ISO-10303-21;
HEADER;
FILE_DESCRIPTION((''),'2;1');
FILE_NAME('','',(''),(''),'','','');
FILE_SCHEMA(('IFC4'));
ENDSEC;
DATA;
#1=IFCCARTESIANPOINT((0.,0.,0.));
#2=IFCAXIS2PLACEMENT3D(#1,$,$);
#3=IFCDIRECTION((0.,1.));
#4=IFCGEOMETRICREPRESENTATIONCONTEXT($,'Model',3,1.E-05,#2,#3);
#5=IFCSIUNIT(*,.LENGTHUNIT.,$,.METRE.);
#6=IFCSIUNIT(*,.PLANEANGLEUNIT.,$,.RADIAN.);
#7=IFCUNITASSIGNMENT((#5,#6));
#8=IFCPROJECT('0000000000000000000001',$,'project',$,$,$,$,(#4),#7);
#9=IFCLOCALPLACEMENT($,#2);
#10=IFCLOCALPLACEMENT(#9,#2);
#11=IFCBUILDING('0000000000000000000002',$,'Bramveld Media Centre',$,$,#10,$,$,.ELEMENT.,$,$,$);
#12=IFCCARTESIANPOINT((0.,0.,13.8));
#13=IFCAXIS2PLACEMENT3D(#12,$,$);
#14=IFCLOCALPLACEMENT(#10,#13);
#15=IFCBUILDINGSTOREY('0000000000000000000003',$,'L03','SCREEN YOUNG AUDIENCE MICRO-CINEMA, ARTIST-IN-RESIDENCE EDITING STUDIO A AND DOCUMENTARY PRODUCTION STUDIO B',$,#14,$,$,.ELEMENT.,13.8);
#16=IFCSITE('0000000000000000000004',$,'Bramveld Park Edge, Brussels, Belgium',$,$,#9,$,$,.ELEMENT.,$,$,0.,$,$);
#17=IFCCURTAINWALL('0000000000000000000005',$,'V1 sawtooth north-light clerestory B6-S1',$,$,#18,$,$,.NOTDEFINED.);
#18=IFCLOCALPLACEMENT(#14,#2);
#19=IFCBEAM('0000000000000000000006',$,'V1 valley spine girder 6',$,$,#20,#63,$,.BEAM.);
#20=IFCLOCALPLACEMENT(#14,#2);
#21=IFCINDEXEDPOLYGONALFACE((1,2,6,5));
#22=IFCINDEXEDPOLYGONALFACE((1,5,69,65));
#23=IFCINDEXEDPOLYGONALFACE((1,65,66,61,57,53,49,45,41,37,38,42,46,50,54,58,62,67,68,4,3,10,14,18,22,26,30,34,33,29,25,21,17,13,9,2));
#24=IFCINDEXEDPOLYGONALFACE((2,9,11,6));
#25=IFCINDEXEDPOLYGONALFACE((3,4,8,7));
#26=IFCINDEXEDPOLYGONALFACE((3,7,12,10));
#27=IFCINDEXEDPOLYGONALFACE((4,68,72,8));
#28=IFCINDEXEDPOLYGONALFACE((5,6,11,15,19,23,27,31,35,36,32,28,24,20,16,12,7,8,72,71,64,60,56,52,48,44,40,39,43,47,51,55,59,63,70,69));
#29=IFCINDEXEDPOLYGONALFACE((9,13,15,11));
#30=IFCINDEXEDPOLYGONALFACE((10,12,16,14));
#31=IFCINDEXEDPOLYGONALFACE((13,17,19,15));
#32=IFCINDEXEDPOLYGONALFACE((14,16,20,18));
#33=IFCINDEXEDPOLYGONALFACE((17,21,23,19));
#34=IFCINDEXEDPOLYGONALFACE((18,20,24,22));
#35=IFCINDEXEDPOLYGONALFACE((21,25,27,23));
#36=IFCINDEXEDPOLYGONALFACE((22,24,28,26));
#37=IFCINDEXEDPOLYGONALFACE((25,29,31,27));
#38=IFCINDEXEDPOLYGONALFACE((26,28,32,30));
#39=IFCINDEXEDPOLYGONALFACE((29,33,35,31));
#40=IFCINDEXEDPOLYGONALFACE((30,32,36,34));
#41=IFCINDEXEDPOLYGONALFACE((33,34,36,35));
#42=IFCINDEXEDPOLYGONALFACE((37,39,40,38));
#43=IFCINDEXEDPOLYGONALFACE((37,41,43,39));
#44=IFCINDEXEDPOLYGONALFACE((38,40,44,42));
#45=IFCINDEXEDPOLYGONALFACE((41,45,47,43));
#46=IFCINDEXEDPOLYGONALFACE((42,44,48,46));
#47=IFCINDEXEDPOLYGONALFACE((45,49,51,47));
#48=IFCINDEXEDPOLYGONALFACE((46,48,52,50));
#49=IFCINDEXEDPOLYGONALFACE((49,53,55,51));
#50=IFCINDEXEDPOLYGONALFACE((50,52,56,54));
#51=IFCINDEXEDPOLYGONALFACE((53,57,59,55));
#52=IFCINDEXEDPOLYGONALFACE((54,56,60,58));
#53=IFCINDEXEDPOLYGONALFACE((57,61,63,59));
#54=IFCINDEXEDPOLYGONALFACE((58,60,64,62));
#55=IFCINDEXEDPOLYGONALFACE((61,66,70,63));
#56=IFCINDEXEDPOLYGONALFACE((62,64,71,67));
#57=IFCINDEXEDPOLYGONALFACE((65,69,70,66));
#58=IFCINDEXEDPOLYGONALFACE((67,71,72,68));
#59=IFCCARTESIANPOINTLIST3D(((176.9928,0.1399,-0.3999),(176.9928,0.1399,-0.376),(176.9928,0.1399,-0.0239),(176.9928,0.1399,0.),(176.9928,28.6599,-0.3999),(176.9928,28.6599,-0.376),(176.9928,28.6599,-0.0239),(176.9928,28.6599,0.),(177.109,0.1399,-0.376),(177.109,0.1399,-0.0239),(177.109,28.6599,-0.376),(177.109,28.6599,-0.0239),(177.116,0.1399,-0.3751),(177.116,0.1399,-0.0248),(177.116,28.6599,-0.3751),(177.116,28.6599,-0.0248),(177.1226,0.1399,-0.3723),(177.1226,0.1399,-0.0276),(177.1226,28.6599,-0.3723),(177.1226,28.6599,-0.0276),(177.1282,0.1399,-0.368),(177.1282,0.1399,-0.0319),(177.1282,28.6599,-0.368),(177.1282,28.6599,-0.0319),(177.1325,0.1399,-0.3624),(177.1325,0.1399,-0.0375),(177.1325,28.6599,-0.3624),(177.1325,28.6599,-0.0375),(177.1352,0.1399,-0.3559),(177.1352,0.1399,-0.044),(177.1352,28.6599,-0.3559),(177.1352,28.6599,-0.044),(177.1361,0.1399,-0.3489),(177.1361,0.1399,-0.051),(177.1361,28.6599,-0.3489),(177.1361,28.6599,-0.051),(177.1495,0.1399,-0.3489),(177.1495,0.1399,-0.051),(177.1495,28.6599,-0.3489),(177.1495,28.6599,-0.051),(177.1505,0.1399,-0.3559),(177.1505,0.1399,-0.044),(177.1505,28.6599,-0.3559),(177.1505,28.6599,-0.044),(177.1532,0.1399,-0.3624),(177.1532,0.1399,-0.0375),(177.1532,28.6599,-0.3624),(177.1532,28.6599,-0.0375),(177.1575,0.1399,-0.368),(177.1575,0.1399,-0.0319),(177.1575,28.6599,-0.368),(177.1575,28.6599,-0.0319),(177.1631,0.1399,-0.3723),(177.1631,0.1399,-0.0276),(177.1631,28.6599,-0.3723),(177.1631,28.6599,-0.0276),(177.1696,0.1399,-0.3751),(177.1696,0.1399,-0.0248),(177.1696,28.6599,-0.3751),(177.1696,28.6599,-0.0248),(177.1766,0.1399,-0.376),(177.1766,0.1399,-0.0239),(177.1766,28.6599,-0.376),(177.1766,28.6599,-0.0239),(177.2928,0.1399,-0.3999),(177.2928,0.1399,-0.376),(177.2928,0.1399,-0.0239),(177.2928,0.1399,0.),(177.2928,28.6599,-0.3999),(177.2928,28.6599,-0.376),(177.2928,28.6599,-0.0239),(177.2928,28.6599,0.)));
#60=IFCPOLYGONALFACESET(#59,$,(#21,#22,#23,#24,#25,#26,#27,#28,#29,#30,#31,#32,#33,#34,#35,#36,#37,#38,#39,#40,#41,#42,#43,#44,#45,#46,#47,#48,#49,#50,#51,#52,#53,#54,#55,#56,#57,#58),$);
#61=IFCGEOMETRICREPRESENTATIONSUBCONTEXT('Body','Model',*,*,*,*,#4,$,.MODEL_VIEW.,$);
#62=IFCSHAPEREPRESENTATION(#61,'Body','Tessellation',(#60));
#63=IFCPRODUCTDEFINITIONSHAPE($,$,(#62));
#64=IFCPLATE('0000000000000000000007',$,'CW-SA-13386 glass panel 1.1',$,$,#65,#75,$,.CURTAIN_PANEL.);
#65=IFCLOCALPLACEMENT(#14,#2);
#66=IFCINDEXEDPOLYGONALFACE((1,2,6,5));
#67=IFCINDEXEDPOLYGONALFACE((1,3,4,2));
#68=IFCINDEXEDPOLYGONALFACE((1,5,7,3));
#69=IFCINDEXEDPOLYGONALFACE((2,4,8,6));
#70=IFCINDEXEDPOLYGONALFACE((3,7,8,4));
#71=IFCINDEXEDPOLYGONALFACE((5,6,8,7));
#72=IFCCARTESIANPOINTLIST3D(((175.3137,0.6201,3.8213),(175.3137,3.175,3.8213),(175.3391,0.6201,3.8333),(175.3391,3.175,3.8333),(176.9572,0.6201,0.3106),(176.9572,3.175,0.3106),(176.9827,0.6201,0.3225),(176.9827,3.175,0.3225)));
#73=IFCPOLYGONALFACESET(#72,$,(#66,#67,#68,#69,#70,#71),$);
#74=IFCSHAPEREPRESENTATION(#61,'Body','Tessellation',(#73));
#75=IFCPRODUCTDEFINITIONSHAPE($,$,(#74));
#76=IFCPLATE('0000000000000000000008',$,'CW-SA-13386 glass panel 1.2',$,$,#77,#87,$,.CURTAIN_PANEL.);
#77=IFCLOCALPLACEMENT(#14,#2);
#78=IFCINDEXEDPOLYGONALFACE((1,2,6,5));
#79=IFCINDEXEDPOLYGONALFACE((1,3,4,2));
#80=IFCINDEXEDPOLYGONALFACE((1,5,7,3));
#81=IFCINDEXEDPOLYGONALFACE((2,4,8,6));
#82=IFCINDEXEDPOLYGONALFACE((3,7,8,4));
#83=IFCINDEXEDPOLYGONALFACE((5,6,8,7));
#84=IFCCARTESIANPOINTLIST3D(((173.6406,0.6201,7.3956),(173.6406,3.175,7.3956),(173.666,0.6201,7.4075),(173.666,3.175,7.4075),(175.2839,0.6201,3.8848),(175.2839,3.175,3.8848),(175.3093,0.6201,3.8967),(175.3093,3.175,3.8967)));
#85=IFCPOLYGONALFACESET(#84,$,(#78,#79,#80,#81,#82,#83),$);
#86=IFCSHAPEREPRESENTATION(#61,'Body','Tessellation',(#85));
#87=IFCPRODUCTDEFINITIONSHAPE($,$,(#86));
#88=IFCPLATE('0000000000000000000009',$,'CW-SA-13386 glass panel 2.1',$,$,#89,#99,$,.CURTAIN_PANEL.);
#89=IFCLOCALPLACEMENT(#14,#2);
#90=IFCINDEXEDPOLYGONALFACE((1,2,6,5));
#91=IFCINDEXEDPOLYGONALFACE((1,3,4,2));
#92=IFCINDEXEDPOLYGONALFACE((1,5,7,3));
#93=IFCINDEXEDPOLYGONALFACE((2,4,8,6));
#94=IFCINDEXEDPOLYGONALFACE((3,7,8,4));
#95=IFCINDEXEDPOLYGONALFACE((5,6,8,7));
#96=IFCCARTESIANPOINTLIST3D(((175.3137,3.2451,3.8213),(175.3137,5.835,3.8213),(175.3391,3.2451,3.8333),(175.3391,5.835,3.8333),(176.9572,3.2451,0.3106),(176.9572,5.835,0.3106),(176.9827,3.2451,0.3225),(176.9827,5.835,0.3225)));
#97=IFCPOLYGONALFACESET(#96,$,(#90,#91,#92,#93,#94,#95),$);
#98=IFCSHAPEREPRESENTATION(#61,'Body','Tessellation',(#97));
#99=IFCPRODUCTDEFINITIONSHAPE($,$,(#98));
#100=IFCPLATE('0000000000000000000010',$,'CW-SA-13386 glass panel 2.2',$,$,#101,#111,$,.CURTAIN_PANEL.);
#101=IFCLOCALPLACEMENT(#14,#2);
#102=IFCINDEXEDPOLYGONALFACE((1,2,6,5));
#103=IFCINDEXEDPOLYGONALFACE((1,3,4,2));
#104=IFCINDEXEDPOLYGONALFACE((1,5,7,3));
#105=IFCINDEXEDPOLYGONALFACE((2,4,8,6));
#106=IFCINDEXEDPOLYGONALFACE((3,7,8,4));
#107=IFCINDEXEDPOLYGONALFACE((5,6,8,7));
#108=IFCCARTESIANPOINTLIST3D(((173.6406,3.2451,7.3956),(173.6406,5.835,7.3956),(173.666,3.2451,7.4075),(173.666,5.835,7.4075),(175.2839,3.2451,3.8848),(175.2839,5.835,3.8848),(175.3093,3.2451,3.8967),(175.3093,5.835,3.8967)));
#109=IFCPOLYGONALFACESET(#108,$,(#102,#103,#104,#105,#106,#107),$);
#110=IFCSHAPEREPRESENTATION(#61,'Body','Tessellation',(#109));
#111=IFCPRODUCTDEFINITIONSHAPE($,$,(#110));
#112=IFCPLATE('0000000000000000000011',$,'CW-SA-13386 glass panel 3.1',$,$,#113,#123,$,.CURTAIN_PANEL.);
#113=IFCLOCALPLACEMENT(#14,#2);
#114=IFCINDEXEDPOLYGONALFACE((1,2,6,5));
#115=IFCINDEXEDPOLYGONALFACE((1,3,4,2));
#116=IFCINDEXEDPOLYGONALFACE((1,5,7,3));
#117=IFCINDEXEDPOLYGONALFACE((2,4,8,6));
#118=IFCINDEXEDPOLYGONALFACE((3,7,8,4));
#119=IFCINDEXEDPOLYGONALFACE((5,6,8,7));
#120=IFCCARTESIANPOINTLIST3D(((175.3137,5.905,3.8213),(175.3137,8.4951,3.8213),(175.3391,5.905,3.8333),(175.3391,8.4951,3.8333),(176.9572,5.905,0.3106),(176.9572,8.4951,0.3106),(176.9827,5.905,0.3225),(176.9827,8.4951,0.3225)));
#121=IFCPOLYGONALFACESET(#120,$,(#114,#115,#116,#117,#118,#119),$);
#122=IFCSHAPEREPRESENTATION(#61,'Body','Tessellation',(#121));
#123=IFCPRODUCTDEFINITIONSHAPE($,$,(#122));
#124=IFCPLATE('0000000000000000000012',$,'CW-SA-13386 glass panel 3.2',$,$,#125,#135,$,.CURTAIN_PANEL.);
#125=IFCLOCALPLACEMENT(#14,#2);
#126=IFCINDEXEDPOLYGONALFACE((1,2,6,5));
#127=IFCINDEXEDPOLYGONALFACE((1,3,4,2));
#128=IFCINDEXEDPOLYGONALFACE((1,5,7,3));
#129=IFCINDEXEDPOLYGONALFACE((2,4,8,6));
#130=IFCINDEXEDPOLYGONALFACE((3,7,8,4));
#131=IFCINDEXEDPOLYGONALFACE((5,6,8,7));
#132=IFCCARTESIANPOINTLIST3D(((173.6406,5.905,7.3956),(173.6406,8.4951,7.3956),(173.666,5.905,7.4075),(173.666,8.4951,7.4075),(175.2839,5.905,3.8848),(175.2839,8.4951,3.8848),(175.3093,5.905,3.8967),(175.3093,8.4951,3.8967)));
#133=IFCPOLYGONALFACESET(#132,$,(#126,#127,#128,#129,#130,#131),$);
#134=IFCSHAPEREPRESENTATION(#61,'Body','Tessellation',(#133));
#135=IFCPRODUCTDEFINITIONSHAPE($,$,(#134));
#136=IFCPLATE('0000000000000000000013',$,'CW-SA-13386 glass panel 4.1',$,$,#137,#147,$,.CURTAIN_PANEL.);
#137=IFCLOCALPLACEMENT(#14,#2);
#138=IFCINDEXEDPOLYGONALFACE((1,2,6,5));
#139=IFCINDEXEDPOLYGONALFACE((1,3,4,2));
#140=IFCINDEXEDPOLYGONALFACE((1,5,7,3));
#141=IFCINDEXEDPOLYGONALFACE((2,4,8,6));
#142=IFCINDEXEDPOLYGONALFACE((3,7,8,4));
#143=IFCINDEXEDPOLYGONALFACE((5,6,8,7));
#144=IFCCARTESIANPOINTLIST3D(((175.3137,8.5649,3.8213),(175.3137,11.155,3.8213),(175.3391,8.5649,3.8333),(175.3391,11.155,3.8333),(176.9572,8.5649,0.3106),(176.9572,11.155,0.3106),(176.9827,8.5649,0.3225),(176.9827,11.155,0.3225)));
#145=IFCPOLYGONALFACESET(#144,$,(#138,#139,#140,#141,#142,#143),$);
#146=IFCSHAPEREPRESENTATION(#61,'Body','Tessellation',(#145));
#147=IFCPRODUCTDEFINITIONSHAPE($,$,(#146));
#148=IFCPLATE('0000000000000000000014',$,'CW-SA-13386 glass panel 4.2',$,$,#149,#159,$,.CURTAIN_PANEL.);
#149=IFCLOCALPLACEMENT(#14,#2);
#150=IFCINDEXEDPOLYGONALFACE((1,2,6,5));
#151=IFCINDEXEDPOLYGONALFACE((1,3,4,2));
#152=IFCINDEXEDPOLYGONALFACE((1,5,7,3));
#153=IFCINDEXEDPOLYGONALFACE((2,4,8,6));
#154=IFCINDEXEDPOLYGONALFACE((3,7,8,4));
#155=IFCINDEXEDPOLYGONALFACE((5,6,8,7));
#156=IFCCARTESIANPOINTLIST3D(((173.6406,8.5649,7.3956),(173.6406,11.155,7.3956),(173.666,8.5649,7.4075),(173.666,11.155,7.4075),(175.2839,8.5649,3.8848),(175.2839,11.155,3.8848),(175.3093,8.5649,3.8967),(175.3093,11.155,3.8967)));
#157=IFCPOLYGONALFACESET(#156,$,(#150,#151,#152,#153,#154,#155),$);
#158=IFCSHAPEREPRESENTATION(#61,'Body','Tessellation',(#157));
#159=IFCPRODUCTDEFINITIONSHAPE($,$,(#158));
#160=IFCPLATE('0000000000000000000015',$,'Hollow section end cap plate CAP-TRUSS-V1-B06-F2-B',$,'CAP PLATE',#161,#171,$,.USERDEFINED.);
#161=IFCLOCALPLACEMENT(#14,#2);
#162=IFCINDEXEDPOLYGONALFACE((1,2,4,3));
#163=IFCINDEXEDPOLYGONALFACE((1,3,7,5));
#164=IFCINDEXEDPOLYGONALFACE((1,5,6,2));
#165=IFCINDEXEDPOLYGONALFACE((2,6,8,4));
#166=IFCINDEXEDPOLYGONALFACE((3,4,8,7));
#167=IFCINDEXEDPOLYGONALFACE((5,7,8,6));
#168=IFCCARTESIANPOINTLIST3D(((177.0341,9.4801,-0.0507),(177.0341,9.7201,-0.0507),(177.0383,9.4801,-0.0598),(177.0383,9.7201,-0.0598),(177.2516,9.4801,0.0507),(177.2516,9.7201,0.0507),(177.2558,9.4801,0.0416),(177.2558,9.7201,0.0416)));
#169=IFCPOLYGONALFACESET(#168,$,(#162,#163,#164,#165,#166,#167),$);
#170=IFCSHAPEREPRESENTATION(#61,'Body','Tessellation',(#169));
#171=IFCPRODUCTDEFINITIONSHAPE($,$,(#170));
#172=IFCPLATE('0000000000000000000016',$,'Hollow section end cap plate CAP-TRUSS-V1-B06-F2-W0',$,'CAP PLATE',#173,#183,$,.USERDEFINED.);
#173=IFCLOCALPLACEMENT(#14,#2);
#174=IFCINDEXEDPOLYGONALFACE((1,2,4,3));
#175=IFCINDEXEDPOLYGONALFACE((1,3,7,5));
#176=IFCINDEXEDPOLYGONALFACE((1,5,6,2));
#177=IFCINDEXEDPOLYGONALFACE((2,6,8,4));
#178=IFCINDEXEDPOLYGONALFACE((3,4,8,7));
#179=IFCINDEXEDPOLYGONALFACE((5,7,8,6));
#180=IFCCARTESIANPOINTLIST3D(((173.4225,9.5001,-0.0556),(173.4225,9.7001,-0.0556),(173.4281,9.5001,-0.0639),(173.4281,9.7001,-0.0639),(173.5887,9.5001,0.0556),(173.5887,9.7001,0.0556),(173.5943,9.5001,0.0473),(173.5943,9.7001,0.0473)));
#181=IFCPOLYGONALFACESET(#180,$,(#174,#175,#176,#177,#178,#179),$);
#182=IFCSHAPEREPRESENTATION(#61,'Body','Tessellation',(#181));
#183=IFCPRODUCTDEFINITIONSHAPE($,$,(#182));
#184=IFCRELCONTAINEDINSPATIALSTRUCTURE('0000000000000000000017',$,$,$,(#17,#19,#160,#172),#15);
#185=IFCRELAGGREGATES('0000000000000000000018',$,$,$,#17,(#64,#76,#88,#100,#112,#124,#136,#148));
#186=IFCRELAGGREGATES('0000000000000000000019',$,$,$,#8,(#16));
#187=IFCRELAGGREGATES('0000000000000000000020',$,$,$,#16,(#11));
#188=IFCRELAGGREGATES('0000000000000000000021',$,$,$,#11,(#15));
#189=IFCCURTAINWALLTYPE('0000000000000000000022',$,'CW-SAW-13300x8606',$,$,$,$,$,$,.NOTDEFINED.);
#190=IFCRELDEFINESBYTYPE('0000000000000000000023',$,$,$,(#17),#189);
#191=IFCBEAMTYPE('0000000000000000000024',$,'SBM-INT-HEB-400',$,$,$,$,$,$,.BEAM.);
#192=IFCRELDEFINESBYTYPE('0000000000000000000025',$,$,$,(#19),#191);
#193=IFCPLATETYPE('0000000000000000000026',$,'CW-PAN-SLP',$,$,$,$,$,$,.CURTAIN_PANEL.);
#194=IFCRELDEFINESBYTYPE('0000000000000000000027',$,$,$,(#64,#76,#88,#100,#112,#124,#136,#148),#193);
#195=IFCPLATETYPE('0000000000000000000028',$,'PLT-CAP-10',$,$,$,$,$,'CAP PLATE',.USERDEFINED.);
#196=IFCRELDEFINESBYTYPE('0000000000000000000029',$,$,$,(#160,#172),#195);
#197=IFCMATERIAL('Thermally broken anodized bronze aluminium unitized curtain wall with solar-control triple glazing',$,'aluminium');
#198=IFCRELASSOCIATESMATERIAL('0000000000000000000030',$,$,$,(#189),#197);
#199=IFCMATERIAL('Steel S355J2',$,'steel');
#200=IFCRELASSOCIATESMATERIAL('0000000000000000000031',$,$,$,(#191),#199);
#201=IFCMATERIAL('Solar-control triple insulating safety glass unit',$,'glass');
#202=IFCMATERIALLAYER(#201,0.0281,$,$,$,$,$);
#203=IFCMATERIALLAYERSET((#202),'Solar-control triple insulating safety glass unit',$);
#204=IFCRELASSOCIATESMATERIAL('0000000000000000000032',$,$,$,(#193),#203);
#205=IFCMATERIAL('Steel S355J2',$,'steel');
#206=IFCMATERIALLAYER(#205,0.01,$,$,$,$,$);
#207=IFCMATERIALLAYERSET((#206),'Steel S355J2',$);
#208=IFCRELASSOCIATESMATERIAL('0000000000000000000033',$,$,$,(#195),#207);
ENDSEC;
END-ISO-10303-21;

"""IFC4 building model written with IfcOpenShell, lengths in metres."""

from ifc_helpers import new_model, si_unit, direction, frame, origin, origin_2d, place, context, subcontext, project, spatial, polyline, rectangle, i_section, outline, extrude, material, layer, layer_set, material_profile, profile_set, type_object, element, aggregate, save


model = new_model("IFC4")

# Units and contexts
model_context = context("Model", 3, precision=1e-05, world=origin(), true_north=direction((0.0, 1.0)))
body_context = subcontext(model_context, "Body", "Model", "MODEL_VIEW")
ifc_project = project(units=[si_unit("LENGTHUNIT", "METRE"), si_unit("PLANEANGLEUNIT", "RADIAN")], contexts=[model_context])

# Site, building, storey
site_placement = place(None, origin())
site = spatial("IfcSite", under=ifc_project, at=site_placement, Name="Bramveld Park Edge, Brussels, Belgium", CompositionType="ELEMENT", RefElevation=0.0)
building_placement = place(site_placement, origin())
building = spatial("IfcBuilding", under=site, at=building_placement, Name="Bramveld Media Centre", CompositionType="ELEMENT")
storey_placement = place(building_placement, frame((0.0, 0.0, 13.8)))
storey = spatial("IfcBuildingStorey", under=building, at=storey_placement, Name="L03", Description="SCREEN YOUNG AUDIENCE MICRO-CINEMA, ARTIST-IN-RESIDENCE EDITING STUDIO A AND DOCUMENTARY PRODUCTION STUDIO B", CompositionType="ELEMENT", Elevation=13.8)

# Curtain wall
ifc_material_1 = material(Name="Thermally broken anodized bronze aluminium unitized curtain wall with solar-control triple glazing", Category="aluminium")
curtain_wall_type = type_object("IfcCurtainWallType", Name="CW-SAW-13300x8606", PredefinedType="NOTDEFINED", material=ifc_material_1)
curtain_wall_placement = place(storey_placement, origin())
curtain_wall = element("IfcCurtainWall", 1, at=curtain_wall_placement, inside=storey, type_object=curtain_wall_type, Name="V1 sawtooth north-light clerestory B6-S1", PredefinedType="NOTDEFINED")

# Beam
ifc_material_2 = material(Name="Steel S355J2", Category="steel")
ifc_material_profile_1 = material_profile(ifc_material_2, i_section(OverallWidth=0.3, OverallDepth=0.3999, WebThickness=0.0134, FlangeThickness=0.0239, FilletRadius=0.0271, at=origin_2d()), Name="HEB 400")
ifc_profile_set_1 = profile_set([ifc_material_profile_1], Name="Steel S355J2")
beam_type_1 = type_object("IfcBeamType", Name="SBM-INT-HEB-400", PredefinedType="BEAM", material=ifc_profile_set_1)
beam_1_placement = place(storey_placement, frame((177.1428, 0.1399, -0.2), z_axis=(0.0, 1.0, 0.0), x_axis=(-1.0, 0.0, 0.0)))
element("IfcBeam", 2, at=beam_1_placement, inside=storey, type_object=beam_type_1, Name="V1 valley spine girder 6", PredefinedType="BEAM", context=body_context, shape_type="SweptSolid", body=[
    extrude(i_section(OverallWidth=0.3, OverallDepth=0.3999, WebThickness=0.0134, FlangeThickness=0.0239, FilletRadius=0.0271, at=origin_2d()), origin(), (0.0, 0.0, 1.0), 28.52),
])

# Plates
ifc_material_3 = material(Name="Solar-control triple insulating safety glass unit", Category="glass")
ifc_layer_1 = layer(ifc_material_3, 0.0281)
ifc_layer_set_1 = layer_set([ifc_layer_1], Name="Solar-control triple insulating safety glass unit")
plate_type_1 = type_object("IfcPlateType", Name="CW-PAN-SLP", PredefinedType="CURTAIN_PANEL", material=ifc_layer_set_1)
plate_1_placement = place(storey_placement, frame((176.9827, 0.6201, 0.3225), z_axis=(0.905668, 0.0, 0.423988), x_axis=(0.0, 1.0, 0.0)))
plate_1 = element("IfcPlate", 3, at=plate_1_placement, type_object=plate_type_1, Name="CW-SA-13386 glass panel 1.1", PredefinedType="CURTAIN_PANEL", context=body_context, shape_type="SweptSolid", body=[
    extrude(outline(polyline([(0.0, 0.0), (2.5549, 0.0), (2.5549, 3.8764), (0.0, 3.8764), (0.0, 0.0)])), origin(), (0.0, 0.0, -1.0), 0.0281),
])
plate_2_placement = place(storey_placement, frame((175.3093, 0.6201, 3.8967), z_axis=(0.905692, 0.0, 0.423937), x_axis=(0.0, 1.0, 0.0)))
plate_2 = element("IfcPlate", 4, at=plate_2_placement, type_object=plate_type_1, Name="CW-SA-13386 glass panel 1.2", PredefinedType="CURTAIN_PANEL", context=body_context, shape_type="SweptSolid", body=[
    extrude(outline(polyline([(0.0, 0.0), (2.5549, 0.0), (2.5549, 3.8763), (0.0, 3.8763), (0.0, 0.0)])), origin(), (0.0, 0.0, -1.0), 0.0281),
])
plate_3_placement = place(storey_placement, frame((176.9827, 3.2451, 0.3225), z_axis=(0.905668, 0.0, 0.423988), x_axis=(0.0, 1.0, 0.0)))
plate_3 = element("IfcPlate", 5, at=plate_3_placement, type_object=plate_type_1, Name="CW-SA-13386 glass panel 2.1", PredefinedType="CURTAIN_PANEL", context=body_context, shape_type="SweptSolid", body=[
    extrude(outline(polyline([(0.0, 0.0), (2.5898, 0.0), (2.5898, 3.8764), (0.0, 3.8764), (0.0, 0.0)])), origin(), (0.0, 0.0, -1.0), 0.0281),
])
plate_4_placement = place(storey_placement, frame((175.3093, 3.2451, 3.8967), z_axis=(0.905692, 0.0, 0.423937), x_axis=(0.0, 1.0, 0.0)))
plate_4 = element("IfcPlate", 6, at=plate_4_placement, type_object=plate_type_1, Name="CW-SA-13386 glass panel 2.2", PredefinedType="CURTAIN_PANEL", context=body_context, shape_type="SweptSolid", body=[
    extrude(outline(polyline([(0.0, 0.0), (2.5898, 0.0), (2.5898, 3.8763), (0.0, 3.8763), (0.0, 0.0)])), origin(), (0.0, 0.0, -1.0), 0.0281),
])
plate_5_placement = place(storey_placement, frame((176.9827, 5.905, 0.3225), z_axis=(0.905668, 0.0, 0.423988), x_axis=(0.0, 1.0, 0.0)))
plate_5 = element("IfcPlate", 7, at=plate_5_placement, type_object=plate_type_1, Name="CW-SA-13386 glass panel 3.1", PredefinedType="CURTAIN_PANEL", context=body_context, shape_type="SweptSolid", body=[
    extrude(outline(polyline([(0.0, 0.0), (2.5901, 0.0), (2.5901, 3.8764), (0.0, 3.8764), (0.0, 0.0)])), origin(), (0.0, 0.0, -1.0), 0.0281),
])
plate_6_placement = place(storey_placement, frame((175.3093, 5.905, 3.8967), z_axis=(0.905692, 0.0, 0.423937), x_axis=(0.0, 1.0, 0.0)))
plate_6 = element("IfcPlate", 8, at=plate_6_placement, type_object=plate_type_1, Name="CW-SA-13386 glass panel 3.2", PredefinedType="CURTAIN_PANEL", context=body_context, shape_type="SweptSolid", body=[
    extrude(outline(polyline([(0.0, 0.0), (2.5901, 0.0), (2.5901, 3.8763), (0.0, 3.8763), (0.0, 0.0)])), origin(), (0.0, 0.0, -1.0), 0.0281),
])
plate_7_placement = place(storey_placement, frame((176.9827, 8.5649, 0.3225), z_axis=(0.905668, 0.0, 0.423988), x_axis=(0.0, 1.0, 0.0)))
plate_7 = element("IfcPlate", 9, at=plate_7_placement, type_object=plate_type_1, Name="CW-SA-13386 glass panel 4.1", PredefinedType="CURTAIN_PANEL", context=body_context, shape_type="SweptSolid", body=[
    extrude(outline(polyline([(0.0, 0.0), (2.5901, 0.0), (2.5901, 3.8764), (0.0, 3.8764), (0.0, 0.0)])), origin(), (0.0, 0.0, -1.0), 0.0281),
])
plate_8_placement = place(storey_placement, frame((175.3093, 8.5649, 3.8967), z_axis=(0.905692, 0.0, 0.423937), x_axis=(0.0, 1.0, 0.0)))
plate_8 = element("IfcPlate", 10, at=plate_8_placement, type_object=plate_type_1, Name="CW-SA-13386 glass panel 4.2", PredefinedType="CURTAIN_PANEL", context=body_context, shape_type="SweptSolid", body=[
    extrude(outline(polyline([(0.0, 0.0), (2.5901, 0.0), (2.5901, 3.8763), (0.0, 3.8763), (0.0, 0.0)])), origin(), (0.0, 0.0, -1.0), 0.0281),
])
aggregate(curtain_wall, [plate_1, plate_2, plate_3, plate_4, plate_5, plate_6, plate_7, plate_8])

# Plates
ifc_material_4 = material(Name="Steel S355J2", Category="steel")
ifc_layer_2 = layer(ifc_material_4, 0.01)
ifc_layer_set_2 = layer_set([ifc_layer_2], Name="Steel S355J2")
plate_type_2 = type_object("IfcPlateType", Name="PLT-CAP-10", ElementType="CAP PLATE", PredefinedType="USERDEFINED", material=ifc_layer_set_2)
plate_9_placement = place(storey_placement, frame((177.1428, 9.6001, 0.0), z_axis=(0.422628, 0.0, -0.906303), x_axis=(0.0, 1.0, 0.0)))
element("IfcPlate", 11, at=plate_9_placement, inside=storey, type_object=plate_type_2, Name="Hollow section end cap plate CAP-TRUSS-V1-B06-F2-B", ObjectType="CAP PLATE", PredefinedType="USERDEFINED", context=body_context, shape_type="SweptSolid", body=[
    extrude(rectangle(XDim=0.24, YDim=0.24, at=origin_2d()), origin(), (0.0, 0.0, 1.0), 0.01),
])
plate_10_placement = place(storey_placement, frame((173.5056, 9.6001, 0.0), z_axis=(0.556175, 0.0, -0.831065), x_axis=(0.0, 1.0, 0.0)))
element("IfcPlate", 12, at=plate_10_placement, inside=storey, type_object=plate_type_2, Name="Hollow section end cap plate CAP-TRUSS-V1-B06-F2-W0", ObjectType="CAP PLATE", PredefinedType="USERDEFINED", context=body_context, shape_type="SweptSolid", body=[
    extrude(rectangle(XDim=0.2, YDim=0.2, at=origin_2d()), origin(), (0.0, 0.0, 1.0), 0.01),
])

save(model, "model.ifc")
